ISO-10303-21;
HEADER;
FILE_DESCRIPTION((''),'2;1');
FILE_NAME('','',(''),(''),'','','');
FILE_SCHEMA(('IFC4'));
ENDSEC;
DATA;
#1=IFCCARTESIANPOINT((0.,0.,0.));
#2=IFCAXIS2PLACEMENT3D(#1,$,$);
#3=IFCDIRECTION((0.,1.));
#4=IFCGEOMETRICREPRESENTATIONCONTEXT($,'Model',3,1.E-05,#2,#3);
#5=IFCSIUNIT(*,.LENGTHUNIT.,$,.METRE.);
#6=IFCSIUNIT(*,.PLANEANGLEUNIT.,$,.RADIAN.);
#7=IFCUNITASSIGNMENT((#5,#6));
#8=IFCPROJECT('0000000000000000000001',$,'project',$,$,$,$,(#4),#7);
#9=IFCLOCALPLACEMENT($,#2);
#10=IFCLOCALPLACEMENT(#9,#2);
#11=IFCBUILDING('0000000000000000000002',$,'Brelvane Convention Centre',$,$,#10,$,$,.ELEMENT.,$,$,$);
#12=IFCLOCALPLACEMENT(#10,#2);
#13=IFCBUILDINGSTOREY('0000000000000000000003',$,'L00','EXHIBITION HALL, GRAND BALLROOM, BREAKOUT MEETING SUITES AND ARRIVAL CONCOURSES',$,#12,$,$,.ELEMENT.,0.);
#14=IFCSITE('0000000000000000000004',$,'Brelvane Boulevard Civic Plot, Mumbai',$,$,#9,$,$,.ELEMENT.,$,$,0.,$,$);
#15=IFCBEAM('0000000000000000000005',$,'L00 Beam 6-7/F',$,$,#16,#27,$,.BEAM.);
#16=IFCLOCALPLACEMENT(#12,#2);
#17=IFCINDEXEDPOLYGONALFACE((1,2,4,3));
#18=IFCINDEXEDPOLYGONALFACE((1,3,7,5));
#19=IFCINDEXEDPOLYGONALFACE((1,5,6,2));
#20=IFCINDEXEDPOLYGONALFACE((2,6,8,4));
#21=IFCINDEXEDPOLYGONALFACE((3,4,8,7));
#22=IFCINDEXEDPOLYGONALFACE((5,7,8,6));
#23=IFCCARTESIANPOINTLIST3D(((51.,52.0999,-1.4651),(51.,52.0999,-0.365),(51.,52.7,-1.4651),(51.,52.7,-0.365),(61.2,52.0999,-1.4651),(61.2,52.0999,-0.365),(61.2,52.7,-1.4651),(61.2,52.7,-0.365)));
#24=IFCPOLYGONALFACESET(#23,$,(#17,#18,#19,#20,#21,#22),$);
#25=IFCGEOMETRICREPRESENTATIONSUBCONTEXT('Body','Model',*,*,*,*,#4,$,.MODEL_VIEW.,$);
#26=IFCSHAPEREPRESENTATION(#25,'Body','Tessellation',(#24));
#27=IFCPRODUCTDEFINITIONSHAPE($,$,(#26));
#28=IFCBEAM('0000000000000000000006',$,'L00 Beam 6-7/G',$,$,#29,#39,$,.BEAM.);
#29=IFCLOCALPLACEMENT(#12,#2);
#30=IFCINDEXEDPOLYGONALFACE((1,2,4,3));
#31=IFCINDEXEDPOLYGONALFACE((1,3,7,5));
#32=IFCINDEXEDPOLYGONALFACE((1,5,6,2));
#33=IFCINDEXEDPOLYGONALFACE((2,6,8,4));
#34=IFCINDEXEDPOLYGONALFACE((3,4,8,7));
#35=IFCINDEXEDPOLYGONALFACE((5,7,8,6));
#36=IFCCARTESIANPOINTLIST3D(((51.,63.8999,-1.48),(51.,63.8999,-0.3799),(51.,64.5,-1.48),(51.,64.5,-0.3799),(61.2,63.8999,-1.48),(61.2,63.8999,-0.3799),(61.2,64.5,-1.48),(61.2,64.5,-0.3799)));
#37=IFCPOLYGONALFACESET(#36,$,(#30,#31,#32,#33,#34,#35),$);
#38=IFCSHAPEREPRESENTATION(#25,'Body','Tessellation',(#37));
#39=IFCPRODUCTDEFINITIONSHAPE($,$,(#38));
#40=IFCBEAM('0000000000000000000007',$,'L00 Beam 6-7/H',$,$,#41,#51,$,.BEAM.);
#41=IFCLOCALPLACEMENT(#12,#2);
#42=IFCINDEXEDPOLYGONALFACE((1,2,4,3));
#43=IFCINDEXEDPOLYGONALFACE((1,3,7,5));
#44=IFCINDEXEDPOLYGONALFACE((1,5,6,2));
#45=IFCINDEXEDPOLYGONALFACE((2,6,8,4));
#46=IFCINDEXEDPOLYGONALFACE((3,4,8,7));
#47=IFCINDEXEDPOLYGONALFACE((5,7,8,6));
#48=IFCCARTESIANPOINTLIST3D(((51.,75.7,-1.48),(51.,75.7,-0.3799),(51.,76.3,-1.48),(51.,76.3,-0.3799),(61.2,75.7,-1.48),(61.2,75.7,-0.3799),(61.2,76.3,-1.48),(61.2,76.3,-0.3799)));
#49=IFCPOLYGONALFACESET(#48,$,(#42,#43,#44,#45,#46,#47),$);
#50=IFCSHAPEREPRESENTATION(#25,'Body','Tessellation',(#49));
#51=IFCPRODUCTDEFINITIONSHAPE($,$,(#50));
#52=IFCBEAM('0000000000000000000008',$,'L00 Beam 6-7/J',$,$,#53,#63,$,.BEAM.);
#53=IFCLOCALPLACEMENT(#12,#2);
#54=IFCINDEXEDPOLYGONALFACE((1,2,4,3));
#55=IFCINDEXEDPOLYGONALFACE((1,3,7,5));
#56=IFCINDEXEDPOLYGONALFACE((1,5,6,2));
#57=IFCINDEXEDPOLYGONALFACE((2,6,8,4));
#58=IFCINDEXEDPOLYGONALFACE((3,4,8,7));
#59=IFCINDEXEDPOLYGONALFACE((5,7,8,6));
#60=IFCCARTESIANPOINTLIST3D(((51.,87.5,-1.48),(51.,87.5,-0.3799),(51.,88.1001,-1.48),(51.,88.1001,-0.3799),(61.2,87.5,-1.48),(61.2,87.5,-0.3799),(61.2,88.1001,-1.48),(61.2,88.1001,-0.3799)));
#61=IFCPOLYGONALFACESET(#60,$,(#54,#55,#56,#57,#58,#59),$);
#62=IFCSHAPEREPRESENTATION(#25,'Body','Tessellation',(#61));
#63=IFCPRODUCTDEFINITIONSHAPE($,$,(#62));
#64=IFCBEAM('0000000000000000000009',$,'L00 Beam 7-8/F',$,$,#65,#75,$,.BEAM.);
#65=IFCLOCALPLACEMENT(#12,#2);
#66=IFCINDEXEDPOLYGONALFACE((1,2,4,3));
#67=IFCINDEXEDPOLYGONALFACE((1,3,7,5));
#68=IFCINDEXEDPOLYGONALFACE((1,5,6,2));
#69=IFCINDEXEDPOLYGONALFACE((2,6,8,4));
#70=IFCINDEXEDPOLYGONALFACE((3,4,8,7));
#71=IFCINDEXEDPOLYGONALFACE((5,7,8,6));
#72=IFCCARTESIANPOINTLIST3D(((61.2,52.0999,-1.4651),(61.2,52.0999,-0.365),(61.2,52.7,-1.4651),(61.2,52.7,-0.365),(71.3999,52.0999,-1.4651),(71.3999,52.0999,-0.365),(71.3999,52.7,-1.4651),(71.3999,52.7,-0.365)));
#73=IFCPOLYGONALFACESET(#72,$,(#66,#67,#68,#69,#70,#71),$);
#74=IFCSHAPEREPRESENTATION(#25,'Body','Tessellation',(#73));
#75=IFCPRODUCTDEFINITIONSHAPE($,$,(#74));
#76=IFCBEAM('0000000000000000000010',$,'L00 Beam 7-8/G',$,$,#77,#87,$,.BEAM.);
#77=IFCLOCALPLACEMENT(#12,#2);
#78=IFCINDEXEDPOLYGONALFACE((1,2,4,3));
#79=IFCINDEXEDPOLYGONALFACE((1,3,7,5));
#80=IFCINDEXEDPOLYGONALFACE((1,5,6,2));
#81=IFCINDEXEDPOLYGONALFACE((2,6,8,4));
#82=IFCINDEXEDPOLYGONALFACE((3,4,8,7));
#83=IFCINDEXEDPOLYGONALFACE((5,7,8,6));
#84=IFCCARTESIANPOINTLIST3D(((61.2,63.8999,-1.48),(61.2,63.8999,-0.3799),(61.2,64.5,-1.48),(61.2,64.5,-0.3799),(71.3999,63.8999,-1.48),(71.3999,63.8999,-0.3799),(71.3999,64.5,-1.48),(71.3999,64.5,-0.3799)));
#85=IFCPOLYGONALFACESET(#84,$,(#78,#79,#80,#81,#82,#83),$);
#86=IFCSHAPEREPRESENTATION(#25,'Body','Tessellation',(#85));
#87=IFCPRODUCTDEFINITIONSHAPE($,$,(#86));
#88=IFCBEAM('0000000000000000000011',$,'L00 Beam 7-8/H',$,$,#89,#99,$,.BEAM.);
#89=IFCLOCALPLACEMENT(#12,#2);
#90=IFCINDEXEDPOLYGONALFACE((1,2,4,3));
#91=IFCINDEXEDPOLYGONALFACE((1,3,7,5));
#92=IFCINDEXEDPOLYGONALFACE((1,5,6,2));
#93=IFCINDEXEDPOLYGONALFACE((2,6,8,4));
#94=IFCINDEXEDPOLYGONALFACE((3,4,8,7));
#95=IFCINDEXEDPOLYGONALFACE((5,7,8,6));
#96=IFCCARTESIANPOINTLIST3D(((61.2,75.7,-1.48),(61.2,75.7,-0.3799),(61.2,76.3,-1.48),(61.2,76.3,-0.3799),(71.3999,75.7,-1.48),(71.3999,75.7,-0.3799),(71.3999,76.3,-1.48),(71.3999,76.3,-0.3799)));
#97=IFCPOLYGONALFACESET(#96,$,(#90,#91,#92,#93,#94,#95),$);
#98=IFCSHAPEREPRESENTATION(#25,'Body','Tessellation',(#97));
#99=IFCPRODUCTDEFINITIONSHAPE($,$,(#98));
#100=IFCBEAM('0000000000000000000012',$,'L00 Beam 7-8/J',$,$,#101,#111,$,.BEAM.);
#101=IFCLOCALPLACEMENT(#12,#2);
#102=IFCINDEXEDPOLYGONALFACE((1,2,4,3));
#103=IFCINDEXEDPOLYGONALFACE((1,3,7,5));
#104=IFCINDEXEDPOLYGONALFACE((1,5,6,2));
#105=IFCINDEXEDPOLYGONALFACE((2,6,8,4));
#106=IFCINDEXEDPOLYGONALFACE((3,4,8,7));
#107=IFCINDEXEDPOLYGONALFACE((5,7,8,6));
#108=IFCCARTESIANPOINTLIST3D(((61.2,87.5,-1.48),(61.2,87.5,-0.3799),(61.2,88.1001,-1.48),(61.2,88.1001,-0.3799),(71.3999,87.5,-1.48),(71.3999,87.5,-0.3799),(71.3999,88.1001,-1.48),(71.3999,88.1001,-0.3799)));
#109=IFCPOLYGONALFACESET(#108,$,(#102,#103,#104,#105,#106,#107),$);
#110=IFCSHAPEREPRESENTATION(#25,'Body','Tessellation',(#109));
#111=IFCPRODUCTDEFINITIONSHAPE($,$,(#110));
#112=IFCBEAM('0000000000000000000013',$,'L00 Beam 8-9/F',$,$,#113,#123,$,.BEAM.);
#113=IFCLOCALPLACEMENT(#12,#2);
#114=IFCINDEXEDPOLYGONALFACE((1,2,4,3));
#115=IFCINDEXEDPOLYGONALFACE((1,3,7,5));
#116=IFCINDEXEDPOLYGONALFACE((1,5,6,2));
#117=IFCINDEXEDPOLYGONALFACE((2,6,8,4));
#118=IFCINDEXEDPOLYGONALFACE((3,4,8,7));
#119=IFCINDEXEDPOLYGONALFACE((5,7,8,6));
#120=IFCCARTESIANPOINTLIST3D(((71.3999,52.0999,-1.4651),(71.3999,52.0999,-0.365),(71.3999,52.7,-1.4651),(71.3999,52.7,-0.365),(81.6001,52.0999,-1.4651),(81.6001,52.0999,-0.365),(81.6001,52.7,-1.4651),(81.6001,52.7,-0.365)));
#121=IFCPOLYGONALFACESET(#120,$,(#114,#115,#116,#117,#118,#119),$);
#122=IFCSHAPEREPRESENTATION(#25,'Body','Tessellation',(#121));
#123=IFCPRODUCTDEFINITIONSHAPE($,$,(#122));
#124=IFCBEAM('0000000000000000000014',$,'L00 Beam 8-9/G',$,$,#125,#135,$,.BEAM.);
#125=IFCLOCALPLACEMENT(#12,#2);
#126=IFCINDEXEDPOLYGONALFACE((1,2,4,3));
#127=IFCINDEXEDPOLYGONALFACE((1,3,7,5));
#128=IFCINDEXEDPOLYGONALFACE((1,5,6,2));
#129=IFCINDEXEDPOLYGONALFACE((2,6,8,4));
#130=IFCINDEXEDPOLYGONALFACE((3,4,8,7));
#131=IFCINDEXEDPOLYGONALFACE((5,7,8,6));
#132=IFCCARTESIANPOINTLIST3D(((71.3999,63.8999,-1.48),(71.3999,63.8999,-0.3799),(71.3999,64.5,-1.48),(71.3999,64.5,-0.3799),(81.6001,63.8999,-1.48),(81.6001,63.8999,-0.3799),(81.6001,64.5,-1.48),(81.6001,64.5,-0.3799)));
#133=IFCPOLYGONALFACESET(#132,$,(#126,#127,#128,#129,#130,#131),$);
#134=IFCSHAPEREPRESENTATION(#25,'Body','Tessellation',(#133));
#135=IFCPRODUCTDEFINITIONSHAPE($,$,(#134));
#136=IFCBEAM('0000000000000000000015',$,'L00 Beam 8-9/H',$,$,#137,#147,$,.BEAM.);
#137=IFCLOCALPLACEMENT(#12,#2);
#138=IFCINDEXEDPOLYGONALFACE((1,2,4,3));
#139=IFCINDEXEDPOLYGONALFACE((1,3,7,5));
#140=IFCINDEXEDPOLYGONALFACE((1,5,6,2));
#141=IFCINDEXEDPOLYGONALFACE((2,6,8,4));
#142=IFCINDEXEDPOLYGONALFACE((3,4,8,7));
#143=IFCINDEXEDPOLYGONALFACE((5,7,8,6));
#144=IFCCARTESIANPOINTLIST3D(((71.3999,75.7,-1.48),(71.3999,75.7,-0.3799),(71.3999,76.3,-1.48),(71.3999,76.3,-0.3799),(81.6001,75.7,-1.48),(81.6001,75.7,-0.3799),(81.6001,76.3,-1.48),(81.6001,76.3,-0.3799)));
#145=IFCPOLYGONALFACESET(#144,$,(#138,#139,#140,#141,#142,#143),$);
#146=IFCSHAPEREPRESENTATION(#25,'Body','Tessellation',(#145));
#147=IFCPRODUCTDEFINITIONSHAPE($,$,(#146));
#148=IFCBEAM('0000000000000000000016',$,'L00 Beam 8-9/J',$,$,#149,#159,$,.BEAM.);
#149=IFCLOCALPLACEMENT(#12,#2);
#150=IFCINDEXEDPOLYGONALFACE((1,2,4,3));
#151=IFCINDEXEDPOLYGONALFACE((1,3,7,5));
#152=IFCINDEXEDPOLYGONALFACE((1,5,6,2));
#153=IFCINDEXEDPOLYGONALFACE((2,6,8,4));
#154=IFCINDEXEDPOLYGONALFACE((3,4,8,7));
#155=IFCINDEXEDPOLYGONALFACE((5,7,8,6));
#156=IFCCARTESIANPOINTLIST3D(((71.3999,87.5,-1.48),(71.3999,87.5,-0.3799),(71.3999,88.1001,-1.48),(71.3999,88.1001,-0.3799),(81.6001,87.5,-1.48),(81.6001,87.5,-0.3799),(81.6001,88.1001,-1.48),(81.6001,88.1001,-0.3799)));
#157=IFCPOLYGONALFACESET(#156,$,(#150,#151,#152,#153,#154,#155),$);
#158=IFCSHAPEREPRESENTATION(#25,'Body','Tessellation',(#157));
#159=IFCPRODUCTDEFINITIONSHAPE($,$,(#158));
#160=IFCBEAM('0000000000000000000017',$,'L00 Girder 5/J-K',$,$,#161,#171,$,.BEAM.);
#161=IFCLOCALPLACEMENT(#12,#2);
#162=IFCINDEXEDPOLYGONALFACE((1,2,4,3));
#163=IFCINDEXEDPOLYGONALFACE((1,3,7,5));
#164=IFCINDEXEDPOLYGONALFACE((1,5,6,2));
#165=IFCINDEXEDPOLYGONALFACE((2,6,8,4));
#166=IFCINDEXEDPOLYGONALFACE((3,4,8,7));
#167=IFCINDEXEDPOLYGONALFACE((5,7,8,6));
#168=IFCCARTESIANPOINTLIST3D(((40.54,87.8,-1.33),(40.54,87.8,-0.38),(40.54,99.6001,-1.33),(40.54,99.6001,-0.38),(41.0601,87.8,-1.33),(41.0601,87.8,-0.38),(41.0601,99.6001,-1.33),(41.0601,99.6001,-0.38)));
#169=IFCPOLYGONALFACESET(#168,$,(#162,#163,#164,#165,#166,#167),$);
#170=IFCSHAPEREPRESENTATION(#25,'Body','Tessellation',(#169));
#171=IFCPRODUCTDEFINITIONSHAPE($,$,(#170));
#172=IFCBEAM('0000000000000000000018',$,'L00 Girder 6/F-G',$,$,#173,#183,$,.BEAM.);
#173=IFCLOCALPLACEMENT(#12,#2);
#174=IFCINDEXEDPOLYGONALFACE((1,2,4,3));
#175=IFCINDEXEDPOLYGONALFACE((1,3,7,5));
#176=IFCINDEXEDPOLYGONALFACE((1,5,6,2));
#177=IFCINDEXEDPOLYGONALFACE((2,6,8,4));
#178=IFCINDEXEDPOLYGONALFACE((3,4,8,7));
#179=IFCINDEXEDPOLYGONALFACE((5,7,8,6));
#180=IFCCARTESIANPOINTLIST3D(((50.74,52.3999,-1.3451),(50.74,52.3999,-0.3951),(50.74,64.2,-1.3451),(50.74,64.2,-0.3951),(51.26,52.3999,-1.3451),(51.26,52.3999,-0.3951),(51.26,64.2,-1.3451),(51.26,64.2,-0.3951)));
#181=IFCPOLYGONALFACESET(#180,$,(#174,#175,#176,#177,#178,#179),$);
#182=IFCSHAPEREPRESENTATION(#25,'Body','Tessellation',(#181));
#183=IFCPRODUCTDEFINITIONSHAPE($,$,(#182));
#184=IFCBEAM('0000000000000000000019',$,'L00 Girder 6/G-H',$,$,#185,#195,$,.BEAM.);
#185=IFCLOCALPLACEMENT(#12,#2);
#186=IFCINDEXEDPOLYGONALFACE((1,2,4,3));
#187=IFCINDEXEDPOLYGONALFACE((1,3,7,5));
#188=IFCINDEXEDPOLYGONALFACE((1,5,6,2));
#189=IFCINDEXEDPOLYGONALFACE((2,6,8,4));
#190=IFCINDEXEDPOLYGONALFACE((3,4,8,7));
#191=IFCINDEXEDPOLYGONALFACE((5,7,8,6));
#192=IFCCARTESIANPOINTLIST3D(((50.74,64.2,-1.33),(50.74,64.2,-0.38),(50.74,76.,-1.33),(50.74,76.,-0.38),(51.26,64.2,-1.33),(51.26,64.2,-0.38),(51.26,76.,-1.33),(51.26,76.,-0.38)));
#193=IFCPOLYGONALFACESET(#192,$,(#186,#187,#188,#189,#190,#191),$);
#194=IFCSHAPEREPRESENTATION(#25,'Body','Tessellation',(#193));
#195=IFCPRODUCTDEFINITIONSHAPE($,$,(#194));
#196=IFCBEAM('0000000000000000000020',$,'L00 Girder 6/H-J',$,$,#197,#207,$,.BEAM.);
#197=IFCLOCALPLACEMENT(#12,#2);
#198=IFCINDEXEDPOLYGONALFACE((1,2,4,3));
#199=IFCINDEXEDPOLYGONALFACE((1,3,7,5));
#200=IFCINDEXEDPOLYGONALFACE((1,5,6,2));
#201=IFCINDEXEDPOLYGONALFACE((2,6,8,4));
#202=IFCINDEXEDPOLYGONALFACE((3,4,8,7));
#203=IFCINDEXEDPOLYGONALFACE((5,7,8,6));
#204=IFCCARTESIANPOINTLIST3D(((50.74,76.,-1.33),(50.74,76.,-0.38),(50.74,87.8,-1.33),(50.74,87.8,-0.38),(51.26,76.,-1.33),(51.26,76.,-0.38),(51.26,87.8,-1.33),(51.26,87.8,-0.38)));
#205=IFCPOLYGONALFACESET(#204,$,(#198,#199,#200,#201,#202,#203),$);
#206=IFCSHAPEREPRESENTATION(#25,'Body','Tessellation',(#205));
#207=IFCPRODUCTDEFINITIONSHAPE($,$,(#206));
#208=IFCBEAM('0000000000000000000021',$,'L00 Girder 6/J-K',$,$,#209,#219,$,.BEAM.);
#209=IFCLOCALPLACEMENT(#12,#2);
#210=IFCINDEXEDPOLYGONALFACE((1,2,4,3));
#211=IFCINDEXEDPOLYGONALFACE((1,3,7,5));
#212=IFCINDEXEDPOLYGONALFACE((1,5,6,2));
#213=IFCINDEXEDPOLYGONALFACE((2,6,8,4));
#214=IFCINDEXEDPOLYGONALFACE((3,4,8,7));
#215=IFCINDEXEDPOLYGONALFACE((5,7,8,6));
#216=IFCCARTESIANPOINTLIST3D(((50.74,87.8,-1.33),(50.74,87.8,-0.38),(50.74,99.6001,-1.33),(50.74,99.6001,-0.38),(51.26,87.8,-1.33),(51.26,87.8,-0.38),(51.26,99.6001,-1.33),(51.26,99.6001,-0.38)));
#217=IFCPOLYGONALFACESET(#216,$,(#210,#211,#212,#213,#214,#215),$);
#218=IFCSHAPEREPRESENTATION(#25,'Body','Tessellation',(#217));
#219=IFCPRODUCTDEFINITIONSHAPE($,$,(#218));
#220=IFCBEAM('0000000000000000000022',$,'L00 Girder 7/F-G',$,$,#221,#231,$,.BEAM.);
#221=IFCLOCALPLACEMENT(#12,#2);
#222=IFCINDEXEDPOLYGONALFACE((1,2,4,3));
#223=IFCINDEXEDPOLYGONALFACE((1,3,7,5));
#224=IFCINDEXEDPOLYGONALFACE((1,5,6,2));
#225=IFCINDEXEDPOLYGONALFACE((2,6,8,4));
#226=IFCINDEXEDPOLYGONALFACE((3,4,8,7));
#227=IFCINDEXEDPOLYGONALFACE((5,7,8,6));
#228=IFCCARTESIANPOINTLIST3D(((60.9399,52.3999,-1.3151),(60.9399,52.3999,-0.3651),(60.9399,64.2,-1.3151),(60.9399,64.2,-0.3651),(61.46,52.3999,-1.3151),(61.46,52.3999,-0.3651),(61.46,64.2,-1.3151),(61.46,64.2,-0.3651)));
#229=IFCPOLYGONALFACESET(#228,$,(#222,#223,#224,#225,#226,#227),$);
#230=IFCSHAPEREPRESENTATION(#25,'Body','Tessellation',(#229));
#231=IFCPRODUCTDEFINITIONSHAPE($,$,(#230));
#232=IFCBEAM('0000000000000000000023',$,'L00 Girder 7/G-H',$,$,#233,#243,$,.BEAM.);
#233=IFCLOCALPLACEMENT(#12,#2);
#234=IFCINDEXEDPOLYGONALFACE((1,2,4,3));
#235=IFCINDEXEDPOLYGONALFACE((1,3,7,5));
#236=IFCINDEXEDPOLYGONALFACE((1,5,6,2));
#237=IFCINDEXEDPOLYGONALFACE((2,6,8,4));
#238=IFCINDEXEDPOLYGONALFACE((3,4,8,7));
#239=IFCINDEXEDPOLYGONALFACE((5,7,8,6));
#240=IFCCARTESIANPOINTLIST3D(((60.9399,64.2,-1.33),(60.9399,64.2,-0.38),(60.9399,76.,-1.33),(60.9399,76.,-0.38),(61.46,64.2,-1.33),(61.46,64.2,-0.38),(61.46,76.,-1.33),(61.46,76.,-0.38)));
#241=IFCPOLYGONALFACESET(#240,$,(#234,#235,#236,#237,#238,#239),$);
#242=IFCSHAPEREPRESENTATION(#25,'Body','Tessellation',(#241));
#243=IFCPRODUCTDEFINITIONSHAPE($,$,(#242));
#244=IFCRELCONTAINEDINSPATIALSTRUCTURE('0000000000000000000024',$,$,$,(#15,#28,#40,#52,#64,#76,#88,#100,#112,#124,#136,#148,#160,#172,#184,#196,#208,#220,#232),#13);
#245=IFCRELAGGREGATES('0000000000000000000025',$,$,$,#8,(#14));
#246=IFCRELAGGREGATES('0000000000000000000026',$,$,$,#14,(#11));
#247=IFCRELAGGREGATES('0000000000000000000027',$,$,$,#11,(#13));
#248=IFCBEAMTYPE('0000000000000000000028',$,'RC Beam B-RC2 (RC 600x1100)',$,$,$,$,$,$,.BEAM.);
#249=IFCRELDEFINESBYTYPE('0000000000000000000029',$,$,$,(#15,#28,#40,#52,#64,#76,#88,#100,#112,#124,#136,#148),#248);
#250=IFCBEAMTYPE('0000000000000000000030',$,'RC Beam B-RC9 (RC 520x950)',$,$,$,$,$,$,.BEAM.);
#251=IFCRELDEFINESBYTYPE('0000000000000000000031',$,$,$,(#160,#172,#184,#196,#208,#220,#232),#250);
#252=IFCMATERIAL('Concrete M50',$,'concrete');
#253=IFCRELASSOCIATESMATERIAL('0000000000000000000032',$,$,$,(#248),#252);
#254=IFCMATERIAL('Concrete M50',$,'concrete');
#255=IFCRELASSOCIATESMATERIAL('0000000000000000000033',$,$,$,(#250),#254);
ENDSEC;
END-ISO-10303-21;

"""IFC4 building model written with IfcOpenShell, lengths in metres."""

from ifc_helpers import new_model, si_unit, direction, frame, origin, origin_2d, place, context, subcontext, project, spatial, rectangle, extrude, material, material_profile, profile_set, type_object, element, save


model = new_model("IFC4")

# Units and contexts
model_context = context("Model", 3, precision=1e-05, world=origin(), true_north=direction((0.0, 1.0)))
body_context = subcontext(model_context, "Body", "Model", "MODEL_VIEW")
ifc_project = project(units=[si_unit("LENGTHUNIT", "METRE"), si_unit("PLANEANGLEUNIT", "RADIAN")], contexts=[model_context])

# Site, building, storey
site_placement = place(None, origin())
site = spatial("IfcSite", under=ifc_project, at=site_placement, Name="Brelvane Boulevard Civic Plot, Mumbai", CompositionType="ELEMENT", RefElevation=0.0)
building_placement = place(site_placement, origin())
building = spatial("IfcBuilding", under=site, at=building_placement, Name="Brelvane Convention Centre", CompositionType="ELEMENT")
storey_placement = place(building_placement, origin())
storey = spatial("IfcBuildingStorey", under=building, at=storey_placement, Name="L00", Description="EXHIBITION HALL, GRAND BALLROOM, BREAKOUT MEETING SUITES AND ARRIVAL CONCOURSES", CompositionType="ELEMENT", Elevation=0.0)

# Beams
ifc_material_1 = material(Name="Concrete M50", Category="concrete")
ifc_material_profile_1 = material_profile(ifc_material_1, rectangle(XDim=0.6001, YDim=1.1001, at=origin_2d()), Name="RC 600x1100")
ifc_profile_set_1 = profile_set([ifc_material_profile_1], Name="Concrete M50")
beam_type_1 = type_object("IfcBeamType", Name="RC Beam B-RC2 (RC 600x1100)", PredefinedType="BEAM", material=ifc_profile_set_1)
for number, where, z_axis, x_axis, name in (
    (1, (51.0, 52.3999, -0.915), (1.0, 0.0, 0.0), (0.0, 1.0, 0.0), "L00 Beam 6-7/F"),
    (2, (51.0, 64.2, -0.9299), (1.0, 0.0, 0.0), (0.0, 1.0, 0.0), "L00 Beam 6-7/G"),
    (3, (51.0, 76.0, -0.9299), (1.0, 0.0, 0.0), (0.0, 1.0, 0.0), "L00 Beam 6-7/H"),
    (4, (51.0, 87.8, -0.9299), (1.0, 0.0, 0.0), (0.0, 1.0, 0.0), "L00 Beam 6-7/J"),
    (5, (61.2, 52.3999, -0.915), (1.0, 0.0, 0.0), (0.0, 1.0, 0.0), "L00 Beam 7-8/F"),
    (6, (61.2, 64.2, -0.9299), (1.0, 0.0, 0.0), (0.0, 1.0, 0.0), "L00 Beam 7-8/G"),
    (7, (61.2, 76.0, -0.9299), (1.0, 0.0, 0.0), (0.0, 1.0, 0.0), "L00 Beam 7-8/H"),
    (8, (61.2, 87.8, -0.9299), (1.0, 0.0, 0.0), (0.0, 1.0, 0.0), "L00 Beam 7-8/J"),
):
    element("IfcBeam", number, at=place(storey_placement, frame(where, z_axis=z_axis, x_axis=x_axis)), inside=storey, type_object=beam_type_1, Name=name, PredefinedType="BEAM", context=body_context, shape_type="SweptSolid", body=[
        extrude(rectangle(XDim=0.6001, YDim=1.1001, at=origin_2d()), origin(), (0.0, 0.0, 1.0), 10.2),
    ])
for number, where, z_axis, x_axis, name in (
    (9, (71.3999, 52.3999, -0.915), (1.0, 0.0, 0.0), (0.0, 1.0, 0.0), "L00 Beam 8-9/F"),
    (10, (71.3999, 64.2, -0.9299), (1.0, 0.0, 0.0), (0.0, 1.0, 0.0), "L00 Beam 8-9/G"),
    (11, (71.3999, 76.0, -0.9299), (1.0, 0.0, 0.0), (0.0, 1.0, 0.0), "L00 Beam 8-9/H"),
    (12, (71.3999, 87.8, -0.9299), (1.0, 0.0, 0.0), (0.0, 1.0, 0.0), "L00 Beam 8-9/J"),
):
    element("IfcBeam", number, at=place(storey_placement, frame(where, z_axis=z_axis, x_axis=x_axis)), inside=storey, type_object=beam_type_1, Name=name, PredefinedType="BEAM", context=body_context, shape_type="SweptSolid", body=[
        extrude(rectangle(XDim=0.6001, YDim=1.1001, at=origin_2d()), origin(), (0.0, 0.0, 1.0), 10.2002),
    ])
ifc_material_2 = material(Name="Concrete M50", Category="concrete")
ifc_material_profile_2 = material_profile(ifc_material_2, rectangle(XDim=0.52, YDim=0.95, at=origin_2d()), Name="RC 520x950")
ifc_profile_set_2 = profile_set([ifc_material_profile_2], Name="Concrete M50")
beam_type_2 = type_object("IfcBeamType", Name="RC Beam B-RC9 (RC 520x950)", PredefinedType="BEAM", material=ifc_profile_set_2)
for number, where, z_axis, x_axis, name in (
    (13, (40.8, 87.8, -0.855), (0.0, 1.0, 0.0), (-1.0, 0.0, 0.0), "L00 Girder 5/J-K"),
    (14, (51.0, 52.3999, -0.8701), (0.0, 1.0, 0.0), (-1.0, 0.0, 0.0), "L00 Girder 6/F-G"),
    (15, (51.0, 64.2, -0.855), (0.0, 1.0, 0.0), (-1.0, 0.0, 0.0), "L00 Girder 6/G-H"),
    (16, (51.0, 76.0, -0.855), (0.0, 1.0, 0.0), (-1.0, 0.0, 0.0), "L00 Girder 6/H-J"),
    (17, (51.0, 87.8, -0.855), (0.0, 1.0, 0.0), (-1.0, 0.0, 0.0), "L00 Girder 6/J-K"),
    (18, (61.2, 52.3999, -0.8401), (0.0, 1.0, 0.0), (-1.0, 0.0, 0.0), "L00 Girder 7/F-G"),
    (19, (61.2, 64.2, -0.855), (0.0, 1.0, 0.0), (-1.0, 0.0, 0.0), "L00 Girder 7/G-H"),
):
    element("IfcBeam", number, at=place(storey_placement, frame(where, z_axis=z_axis, x_axis=x_axis)), inside=storey, type_object=beam_type_2, Name=name, PredefinedType="BEAM", context=body_context, shape_type="SweptSolid", body=[
        extrude(rectangle(XDim=0.52, YDim=0.95, at=origin_2d()), origin(), (0.0, 0.0, 1.0), 11.8),
    ])

save(model, "model.ifc")
